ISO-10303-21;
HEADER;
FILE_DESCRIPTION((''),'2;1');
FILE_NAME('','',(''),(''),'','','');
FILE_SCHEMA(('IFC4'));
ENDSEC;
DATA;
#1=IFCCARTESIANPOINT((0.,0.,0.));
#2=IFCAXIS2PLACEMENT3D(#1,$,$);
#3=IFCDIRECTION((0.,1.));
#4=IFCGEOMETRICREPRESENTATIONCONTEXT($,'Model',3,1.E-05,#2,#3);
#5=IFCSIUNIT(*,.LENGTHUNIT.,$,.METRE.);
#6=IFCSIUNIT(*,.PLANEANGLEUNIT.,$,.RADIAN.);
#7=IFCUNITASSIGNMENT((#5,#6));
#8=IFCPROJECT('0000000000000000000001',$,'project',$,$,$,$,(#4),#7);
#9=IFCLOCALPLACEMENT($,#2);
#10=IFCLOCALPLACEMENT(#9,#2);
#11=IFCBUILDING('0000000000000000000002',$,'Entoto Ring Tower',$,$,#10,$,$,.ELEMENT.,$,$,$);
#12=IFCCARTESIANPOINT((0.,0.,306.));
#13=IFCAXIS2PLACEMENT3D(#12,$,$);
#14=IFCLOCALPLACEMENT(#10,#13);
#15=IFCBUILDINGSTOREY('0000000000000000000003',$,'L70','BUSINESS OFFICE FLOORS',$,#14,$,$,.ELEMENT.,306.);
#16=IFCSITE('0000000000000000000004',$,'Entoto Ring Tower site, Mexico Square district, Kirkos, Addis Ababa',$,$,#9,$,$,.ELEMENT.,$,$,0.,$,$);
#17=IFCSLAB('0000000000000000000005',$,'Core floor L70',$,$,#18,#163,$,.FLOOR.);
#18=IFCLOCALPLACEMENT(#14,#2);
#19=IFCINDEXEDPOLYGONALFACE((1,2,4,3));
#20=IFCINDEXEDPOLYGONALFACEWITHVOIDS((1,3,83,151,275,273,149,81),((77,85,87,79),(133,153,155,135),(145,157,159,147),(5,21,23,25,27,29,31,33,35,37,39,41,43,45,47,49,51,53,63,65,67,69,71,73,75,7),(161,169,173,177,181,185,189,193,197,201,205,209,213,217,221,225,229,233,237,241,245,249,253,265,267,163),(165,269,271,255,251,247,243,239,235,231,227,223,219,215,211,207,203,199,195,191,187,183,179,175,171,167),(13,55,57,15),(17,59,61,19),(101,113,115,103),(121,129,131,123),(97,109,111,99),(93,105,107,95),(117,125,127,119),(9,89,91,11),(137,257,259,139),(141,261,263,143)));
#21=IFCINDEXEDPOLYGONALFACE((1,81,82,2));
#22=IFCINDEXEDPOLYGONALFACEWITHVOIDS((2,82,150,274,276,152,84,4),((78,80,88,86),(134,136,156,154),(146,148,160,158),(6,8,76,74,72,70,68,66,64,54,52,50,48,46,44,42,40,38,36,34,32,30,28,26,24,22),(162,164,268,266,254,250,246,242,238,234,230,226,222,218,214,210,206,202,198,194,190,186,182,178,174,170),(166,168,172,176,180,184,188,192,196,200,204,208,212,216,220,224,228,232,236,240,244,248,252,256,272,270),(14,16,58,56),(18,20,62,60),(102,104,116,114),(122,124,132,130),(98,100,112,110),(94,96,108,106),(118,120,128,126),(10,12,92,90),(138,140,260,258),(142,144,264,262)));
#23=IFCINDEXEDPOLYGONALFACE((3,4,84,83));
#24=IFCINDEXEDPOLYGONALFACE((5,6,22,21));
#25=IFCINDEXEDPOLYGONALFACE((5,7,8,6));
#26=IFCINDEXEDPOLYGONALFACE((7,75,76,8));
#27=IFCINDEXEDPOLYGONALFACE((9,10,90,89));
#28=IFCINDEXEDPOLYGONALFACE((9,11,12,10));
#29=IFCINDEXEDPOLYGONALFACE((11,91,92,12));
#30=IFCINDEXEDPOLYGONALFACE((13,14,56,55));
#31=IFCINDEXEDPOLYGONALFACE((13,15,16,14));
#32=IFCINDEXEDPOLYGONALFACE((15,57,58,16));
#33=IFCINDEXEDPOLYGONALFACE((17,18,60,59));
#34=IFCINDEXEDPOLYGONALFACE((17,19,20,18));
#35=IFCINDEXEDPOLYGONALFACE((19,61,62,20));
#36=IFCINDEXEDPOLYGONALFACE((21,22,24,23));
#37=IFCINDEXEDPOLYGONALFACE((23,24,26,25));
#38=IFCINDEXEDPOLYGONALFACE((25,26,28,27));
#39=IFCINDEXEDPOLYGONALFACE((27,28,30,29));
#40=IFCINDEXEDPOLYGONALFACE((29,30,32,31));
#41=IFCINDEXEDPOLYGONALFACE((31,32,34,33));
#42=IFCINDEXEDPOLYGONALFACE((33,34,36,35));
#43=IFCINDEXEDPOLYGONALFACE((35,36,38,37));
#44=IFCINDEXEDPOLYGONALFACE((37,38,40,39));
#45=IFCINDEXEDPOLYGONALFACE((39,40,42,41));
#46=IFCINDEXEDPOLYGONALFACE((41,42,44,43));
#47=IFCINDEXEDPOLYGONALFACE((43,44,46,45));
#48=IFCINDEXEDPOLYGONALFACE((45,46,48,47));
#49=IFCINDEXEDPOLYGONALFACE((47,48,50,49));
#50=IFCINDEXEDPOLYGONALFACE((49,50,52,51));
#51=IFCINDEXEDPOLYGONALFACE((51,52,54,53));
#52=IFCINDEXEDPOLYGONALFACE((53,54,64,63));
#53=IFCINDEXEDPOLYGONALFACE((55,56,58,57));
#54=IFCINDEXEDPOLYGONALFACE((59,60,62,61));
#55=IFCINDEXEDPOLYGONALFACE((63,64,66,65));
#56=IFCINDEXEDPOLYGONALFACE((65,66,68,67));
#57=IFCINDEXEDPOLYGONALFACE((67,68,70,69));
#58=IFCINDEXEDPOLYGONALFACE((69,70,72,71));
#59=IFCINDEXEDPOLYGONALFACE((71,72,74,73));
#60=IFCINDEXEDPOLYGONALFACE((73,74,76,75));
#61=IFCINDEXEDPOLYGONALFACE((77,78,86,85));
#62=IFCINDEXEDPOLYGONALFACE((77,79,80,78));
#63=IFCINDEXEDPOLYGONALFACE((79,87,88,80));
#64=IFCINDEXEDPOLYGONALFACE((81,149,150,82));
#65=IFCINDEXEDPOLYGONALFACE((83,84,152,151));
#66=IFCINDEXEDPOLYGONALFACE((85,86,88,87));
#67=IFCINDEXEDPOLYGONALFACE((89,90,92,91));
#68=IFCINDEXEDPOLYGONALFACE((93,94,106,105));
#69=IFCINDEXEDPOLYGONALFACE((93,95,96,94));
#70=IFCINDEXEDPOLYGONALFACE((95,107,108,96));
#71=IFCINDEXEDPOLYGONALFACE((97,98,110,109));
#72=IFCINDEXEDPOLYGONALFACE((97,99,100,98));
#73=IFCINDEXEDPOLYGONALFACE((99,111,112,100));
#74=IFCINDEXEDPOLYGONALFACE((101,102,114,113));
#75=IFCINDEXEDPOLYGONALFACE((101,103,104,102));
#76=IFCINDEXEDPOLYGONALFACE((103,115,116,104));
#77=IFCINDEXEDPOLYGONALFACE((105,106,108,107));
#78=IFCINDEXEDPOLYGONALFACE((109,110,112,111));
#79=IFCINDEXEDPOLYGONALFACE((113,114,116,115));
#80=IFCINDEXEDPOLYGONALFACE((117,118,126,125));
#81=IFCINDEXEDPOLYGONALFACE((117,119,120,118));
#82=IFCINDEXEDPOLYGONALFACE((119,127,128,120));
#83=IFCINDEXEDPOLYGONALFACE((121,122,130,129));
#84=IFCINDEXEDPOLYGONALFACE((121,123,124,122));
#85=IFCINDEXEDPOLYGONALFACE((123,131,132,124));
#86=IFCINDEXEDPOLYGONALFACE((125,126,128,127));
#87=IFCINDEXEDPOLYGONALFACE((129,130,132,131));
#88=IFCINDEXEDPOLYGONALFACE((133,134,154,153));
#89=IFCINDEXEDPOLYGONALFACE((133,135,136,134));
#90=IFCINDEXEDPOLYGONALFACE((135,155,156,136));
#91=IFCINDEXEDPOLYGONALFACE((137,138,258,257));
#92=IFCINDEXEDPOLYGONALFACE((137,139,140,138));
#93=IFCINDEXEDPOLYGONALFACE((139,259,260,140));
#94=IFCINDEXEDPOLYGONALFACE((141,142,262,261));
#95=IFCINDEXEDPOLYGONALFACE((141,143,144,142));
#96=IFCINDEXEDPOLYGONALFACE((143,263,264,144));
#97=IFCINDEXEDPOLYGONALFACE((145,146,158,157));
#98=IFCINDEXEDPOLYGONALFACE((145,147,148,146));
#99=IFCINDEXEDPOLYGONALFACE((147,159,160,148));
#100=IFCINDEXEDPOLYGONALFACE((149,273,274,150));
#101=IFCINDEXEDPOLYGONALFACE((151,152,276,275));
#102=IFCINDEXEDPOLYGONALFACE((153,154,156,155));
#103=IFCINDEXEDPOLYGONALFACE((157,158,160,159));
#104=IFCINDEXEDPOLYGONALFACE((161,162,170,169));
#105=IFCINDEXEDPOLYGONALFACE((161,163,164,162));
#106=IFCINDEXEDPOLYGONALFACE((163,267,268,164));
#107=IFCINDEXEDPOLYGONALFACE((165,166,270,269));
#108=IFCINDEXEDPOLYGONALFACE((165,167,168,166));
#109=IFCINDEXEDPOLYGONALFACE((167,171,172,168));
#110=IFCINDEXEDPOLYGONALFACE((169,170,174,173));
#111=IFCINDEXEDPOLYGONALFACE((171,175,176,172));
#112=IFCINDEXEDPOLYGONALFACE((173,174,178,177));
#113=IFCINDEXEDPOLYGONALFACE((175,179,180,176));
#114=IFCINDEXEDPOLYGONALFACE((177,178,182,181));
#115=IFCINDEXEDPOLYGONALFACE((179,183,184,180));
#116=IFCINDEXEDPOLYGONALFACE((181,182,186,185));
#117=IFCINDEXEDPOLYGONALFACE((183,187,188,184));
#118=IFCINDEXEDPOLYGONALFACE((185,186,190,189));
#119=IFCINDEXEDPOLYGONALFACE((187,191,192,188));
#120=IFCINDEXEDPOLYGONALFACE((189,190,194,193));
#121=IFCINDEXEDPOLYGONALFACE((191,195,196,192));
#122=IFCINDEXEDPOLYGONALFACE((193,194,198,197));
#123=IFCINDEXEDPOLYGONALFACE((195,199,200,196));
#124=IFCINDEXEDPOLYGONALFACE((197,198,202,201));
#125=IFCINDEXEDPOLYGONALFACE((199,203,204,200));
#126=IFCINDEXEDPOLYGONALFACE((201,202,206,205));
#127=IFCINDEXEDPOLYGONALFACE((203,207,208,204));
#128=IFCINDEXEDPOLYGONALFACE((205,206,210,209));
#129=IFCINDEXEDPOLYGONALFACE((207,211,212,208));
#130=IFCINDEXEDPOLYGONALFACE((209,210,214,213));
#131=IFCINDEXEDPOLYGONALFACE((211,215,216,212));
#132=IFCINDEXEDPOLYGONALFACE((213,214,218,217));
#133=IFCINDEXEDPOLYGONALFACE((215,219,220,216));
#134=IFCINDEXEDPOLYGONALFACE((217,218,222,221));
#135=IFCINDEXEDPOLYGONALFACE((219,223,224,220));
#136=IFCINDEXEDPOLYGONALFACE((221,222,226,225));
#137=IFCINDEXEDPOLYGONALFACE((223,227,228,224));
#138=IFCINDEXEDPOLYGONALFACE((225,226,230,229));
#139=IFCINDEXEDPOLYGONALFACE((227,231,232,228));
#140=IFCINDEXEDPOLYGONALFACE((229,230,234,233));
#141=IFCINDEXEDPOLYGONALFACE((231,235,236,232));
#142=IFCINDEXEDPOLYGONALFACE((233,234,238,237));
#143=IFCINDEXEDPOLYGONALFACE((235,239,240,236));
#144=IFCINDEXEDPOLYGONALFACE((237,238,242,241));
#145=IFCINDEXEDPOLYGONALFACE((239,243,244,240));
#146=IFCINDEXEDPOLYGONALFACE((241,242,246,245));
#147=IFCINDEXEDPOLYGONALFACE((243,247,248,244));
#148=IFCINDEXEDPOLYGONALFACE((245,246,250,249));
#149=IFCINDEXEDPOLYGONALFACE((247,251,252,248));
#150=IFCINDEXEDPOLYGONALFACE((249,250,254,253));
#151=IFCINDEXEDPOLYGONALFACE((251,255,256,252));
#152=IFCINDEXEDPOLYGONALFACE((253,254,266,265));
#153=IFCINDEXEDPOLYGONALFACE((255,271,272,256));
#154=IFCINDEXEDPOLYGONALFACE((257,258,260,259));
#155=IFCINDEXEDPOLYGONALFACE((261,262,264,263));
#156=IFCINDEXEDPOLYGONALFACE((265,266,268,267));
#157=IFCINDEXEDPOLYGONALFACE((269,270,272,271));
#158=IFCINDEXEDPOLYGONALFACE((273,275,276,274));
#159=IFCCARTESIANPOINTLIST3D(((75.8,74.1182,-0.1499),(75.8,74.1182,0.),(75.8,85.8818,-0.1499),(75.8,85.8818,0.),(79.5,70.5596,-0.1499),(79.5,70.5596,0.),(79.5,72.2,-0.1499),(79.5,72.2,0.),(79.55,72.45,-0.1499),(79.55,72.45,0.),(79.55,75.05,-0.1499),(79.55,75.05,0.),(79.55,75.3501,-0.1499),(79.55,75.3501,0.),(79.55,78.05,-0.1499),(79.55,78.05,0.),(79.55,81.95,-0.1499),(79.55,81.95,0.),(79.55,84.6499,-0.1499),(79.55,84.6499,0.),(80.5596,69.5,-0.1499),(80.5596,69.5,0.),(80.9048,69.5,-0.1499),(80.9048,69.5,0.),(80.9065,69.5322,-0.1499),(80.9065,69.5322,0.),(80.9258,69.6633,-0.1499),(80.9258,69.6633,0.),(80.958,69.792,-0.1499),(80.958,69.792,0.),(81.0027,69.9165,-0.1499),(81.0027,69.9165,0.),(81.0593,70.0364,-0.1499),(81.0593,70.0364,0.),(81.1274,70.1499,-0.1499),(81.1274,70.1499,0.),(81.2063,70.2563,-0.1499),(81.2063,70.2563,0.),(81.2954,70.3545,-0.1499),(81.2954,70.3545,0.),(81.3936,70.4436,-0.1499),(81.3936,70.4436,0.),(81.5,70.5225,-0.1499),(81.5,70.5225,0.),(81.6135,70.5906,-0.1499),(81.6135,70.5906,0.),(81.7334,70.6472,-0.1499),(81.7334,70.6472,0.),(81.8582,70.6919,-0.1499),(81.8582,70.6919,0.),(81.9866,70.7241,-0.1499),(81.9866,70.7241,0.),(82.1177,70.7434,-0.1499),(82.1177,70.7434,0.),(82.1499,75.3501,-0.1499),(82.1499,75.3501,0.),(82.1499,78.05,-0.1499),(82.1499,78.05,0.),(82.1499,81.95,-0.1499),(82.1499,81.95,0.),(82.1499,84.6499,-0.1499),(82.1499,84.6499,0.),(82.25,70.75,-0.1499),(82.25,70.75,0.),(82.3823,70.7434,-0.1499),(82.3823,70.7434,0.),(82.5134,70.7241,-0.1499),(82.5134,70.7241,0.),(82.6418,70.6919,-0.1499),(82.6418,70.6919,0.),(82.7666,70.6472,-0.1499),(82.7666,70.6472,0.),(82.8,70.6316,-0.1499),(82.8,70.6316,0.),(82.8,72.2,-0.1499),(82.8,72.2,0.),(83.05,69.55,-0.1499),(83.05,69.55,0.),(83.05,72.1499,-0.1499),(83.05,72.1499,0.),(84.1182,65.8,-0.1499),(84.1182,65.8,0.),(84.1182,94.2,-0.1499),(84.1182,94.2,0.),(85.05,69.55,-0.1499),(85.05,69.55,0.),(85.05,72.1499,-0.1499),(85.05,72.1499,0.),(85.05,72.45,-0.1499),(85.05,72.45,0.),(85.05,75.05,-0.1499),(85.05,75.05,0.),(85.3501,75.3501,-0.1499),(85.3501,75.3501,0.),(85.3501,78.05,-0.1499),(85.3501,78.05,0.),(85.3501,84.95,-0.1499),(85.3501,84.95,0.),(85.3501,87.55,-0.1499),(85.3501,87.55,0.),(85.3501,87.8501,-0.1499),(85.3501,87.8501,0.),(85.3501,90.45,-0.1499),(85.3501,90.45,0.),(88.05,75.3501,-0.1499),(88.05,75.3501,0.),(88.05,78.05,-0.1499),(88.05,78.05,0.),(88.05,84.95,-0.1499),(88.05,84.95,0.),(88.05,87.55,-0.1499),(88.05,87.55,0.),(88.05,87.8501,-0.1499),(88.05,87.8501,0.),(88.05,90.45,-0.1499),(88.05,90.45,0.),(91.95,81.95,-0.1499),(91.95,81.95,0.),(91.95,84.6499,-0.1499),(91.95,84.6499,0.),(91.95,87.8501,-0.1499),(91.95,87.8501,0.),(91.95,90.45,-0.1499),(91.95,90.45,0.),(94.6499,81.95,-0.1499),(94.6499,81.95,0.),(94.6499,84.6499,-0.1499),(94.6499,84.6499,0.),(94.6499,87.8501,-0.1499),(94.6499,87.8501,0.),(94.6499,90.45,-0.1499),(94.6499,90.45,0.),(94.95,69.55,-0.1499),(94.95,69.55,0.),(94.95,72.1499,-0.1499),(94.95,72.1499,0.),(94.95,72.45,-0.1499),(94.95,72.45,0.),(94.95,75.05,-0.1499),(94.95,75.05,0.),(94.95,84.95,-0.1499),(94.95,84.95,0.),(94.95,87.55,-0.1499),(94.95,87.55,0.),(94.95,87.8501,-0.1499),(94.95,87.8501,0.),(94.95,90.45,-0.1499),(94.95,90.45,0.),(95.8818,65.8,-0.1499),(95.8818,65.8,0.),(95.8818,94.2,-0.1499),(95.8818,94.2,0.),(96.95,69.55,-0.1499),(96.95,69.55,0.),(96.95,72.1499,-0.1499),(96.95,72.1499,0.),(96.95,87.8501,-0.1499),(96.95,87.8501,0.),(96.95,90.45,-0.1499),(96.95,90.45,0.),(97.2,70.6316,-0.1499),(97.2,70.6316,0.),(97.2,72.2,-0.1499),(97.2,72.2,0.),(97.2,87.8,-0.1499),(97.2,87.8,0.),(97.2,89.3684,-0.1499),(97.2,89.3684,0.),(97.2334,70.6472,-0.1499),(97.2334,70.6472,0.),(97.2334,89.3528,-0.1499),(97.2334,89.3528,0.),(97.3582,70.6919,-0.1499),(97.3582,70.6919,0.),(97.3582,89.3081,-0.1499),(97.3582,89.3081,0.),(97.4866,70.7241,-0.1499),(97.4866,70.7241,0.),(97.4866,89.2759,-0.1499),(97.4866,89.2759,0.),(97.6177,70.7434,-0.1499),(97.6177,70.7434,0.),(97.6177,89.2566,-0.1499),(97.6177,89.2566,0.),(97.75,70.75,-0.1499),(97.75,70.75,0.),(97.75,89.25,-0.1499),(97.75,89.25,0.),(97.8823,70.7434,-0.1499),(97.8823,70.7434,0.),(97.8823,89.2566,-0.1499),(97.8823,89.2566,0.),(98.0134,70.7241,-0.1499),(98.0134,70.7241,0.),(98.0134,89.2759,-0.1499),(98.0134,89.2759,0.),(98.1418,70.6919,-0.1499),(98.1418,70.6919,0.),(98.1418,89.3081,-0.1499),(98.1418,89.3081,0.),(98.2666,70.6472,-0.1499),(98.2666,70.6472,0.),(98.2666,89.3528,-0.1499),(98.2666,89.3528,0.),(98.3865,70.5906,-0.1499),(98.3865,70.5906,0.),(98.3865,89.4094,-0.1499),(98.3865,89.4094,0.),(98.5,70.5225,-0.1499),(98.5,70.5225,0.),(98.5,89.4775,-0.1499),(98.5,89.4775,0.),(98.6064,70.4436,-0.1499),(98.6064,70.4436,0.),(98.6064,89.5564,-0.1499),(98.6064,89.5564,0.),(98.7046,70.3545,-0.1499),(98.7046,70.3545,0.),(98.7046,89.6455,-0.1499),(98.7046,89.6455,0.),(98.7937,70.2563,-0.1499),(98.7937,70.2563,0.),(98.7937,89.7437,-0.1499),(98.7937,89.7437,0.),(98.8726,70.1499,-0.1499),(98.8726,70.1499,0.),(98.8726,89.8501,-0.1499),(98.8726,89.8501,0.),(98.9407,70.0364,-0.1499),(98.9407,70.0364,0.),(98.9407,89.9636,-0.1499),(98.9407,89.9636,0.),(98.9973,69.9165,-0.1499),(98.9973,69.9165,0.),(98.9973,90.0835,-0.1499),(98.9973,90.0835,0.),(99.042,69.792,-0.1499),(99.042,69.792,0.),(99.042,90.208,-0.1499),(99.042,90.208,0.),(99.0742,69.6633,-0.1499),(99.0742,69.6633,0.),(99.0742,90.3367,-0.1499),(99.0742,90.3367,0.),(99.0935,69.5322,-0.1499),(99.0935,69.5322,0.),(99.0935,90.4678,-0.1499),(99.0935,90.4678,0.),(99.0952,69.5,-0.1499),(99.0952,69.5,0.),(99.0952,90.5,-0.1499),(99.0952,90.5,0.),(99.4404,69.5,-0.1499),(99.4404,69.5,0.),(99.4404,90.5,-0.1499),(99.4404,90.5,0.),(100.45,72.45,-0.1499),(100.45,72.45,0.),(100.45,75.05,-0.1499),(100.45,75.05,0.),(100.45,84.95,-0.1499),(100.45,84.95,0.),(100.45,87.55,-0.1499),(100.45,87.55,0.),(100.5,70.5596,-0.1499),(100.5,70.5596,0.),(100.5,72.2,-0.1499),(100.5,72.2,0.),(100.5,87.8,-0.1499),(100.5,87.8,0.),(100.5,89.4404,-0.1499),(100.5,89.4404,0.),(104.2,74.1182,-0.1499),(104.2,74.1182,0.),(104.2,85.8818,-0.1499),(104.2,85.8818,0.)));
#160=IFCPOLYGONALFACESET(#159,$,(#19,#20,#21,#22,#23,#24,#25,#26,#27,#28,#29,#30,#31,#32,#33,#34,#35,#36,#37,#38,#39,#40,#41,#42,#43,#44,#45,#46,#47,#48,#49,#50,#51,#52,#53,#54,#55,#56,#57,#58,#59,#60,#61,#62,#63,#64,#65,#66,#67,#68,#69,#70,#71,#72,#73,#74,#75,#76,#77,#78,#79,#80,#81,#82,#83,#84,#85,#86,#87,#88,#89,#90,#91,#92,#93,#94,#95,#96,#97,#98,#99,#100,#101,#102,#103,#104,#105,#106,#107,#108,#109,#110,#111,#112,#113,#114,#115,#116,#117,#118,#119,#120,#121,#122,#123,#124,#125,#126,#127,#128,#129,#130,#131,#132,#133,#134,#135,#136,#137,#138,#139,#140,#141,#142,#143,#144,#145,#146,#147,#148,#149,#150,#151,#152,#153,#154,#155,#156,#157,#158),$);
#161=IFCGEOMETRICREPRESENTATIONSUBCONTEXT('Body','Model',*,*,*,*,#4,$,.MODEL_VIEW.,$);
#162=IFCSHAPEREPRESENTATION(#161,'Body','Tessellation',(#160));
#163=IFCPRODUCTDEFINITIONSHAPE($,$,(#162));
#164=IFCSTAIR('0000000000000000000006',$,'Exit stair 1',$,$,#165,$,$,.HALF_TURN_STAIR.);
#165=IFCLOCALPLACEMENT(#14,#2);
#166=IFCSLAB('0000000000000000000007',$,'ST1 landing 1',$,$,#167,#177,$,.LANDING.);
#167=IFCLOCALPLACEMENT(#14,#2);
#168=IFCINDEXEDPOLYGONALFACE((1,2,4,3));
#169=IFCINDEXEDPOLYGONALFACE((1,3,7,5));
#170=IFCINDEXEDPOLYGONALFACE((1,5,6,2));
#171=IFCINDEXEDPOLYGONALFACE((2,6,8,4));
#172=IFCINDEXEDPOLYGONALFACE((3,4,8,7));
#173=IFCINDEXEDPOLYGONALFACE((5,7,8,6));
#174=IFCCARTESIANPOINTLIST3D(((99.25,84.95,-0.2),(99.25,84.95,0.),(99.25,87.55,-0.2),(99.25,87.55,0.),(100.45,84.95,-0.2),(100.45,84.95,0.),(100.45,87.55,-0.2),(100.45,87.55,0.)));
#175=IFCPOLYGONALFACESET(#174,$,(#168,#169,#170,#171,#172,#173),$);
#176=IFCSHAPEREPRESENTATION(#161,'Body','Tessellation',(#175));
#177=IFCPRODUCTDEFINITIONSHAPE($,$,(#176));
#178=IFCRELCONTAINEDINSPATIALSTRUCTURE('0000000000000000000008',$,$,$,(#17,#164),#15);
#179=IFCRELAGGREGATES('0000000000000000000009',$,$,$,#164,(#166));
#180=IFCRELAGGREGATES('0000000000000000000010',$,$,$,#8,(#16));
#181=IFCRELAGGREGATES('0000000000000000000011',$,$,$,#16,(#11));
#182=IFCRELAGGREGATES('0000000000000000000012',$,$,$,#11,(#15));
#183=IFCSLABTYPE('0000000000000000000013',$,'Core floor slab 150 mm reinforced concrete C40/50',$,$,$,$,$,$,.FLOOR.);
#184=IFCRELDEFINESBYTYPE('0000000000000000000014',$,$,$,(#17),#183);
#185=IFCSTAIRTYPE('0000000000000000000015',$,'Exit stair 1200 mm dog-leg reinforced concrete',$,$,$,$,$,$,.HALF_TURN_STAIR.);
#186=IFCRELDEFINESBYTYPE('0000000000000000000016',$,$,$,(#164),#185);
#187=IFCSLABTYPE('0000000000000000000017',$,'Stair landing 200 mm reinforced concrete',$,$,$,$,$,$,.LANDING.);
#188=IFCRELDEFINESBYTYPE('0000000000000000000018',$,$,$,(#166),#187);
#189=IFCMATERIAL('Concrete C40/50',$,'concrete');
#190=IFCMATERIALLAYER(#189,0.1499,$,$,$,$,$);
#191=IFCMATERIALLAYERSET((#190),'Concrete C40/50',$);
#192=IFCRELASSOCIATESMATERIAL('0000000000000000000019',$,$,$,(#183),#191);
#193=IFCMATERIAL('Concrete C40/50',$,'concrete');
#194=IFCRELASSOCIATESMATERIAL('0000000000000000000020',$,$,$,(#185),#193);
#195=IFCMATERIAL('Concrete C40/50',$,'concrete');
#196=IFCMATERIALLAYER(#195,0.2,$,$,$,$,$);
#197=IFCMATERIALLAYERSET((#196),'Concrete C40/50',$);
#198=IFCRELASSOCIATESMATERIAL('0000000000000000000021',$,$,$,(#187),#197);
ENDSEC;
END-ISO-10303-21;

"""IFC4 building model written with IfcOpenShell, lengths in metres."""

from ifc_helpers import new_model, si_unit, direction, frame, origin, place, context, subcontext, project, spatial, polyline, outline, extrude, material, layer, layer_set, type_object, element, aggregate, save


model = new_model("IFC4")

# Units and contexts
model_context = context("Model", 3, precision=1e-05, world=origin(), true_north=direction((0.0, 1.0)))
body_context = subcontext(model_context, "Body", "Model", "MODEL_VIEW")
ifc_project = project(units=[si_unit("LENGTHUNIT", "METRE"), si_unit("PLANEANGLEUNIT", "RADIAN")], contexts=[model_context])

# Site, building, storey
site_placement = place(None, origin())
building_placement = place(site_placement, origin())
storey_placement = place(building_placement, frame((0.0, 0.0, 306.0)))
site = spatial("IfcSite", under=ifc_project, at=site_placement, Name="Entoto Ring Tower site, Mexico Square district, Kirkos, Addis Ababa", CompositionType="ELEMENT", RefElevation=0.0)
building = spatial("IfcBuilding", under=site, at=building_placement, Name="Entoto Ring Tower", CompositionType="ELEMENT")
storey = spatial("IfcBuildingStorey", under=building, at=storey_placement, Name="L70", Description="BUSINESS OFFICE FLOORS", CompositionType="ELEMENT", Elevation=306.0)

# Slab
ifc_material_1 = material(Name="Concrete C40/50", Category="concrete")
ifc_layer_1 = layer(ifc_material_1, 0.1499)
ifc_layer_set_1 = layer_set([ifc_layer_1], Name="Concrete C40/50")
slab_type_1 = type_object("IfcSlabType", Name="Core floor slab 150 mm reinforced concrete C40/50", PredefinedType="FLOOR", material=ifc_layer_set_1)
slab_1_placement = place(storey_placement, frame((0.0, 0.0, -0.1499)))
element("IfcSlab", 1, at=slab_1_placement, inside=storey, type_object=slab_type_1, Name="Core floor L70", PredefinedType="FLOOR", context=body_context, shape_type="SweptSolid", body=[
    extrude(outline(polyline([(104.2, 74.1182), (104.2, 85.8818), (95.8818, 94.2), (84.1182, 94.2), (75.8, 85.8818), (75.8, 74.1182), (84.1182, 65.8), (95.8818, 65.8), (104.2, 74.1182)]), holes=[polyline([(100.45, 84.95), (100.45, 87.55), (94.95, 87.55), (94.95, 84.95), (100.45, 84.95)]), polyline([(85.05, 72.45), (85.05, 75.05), (79.55, 75.05), (79.55, 72.45), (85.05, 72.45)]), polyline([(100.45, 72.45), (100.45, 75.05), (94.95, 75.05), (94.95, 72.45), (100.45, 72.45)]), polyline([(94.95, 90.45), (94.95, 87.8501), (96.95, 87.8501), (96.95, 90.45), (94.95, 90.45)]), polyline([(94.95, 72.1499), (94.95, 69.55), (96.95, 69.55), (96.95, 72.1499), (94.95, 72.1499)]), polyline([(83.05, 72.1499), (83.05, 69.55), (85.05, 69.55), (85.05, 72.1499), (83.05, 72.1499)]), polyline([(79.55, 81.95), (82.1499, 81.95), (82.1499, 84.6499), (79.55, 84.6499), (79.55, 81.95)]), polyline([(79.55, 75.3501), (82.1499, 75.3501), (82.1499, 78.05), (79.55, 78.05), (79.55, 75.3501)]), polyline([(91.95, 87.8501), (94.6499, 87.8501), (94.6499, 90.45), (91.95, 90.45), (91.95, 87.8501)]), polyline([(91.95, 81.95), (94.6499, 81.95), (94.6499, 84.6499), (91.95, 84.6499), (91.95, 81.95)]), polyline([(85.3501, 75.3501), (88.05, 75.3501), (88.05, 78.05), (85.3501, 78.05), (85.3501, 75.3501)]), polyline([(85.3501, 84.95), (88.05, 84.95), (88.05, 87.55), (85.3501, 87.55), (85.3501, 84.95)]), polyline([(85.3501, 87.8501), (88.05, 87.8501), (88.05, 90.45), (85.3501, 90.45), (85.3501, 87.8501)]), polyline([(97.2, 89.3684), (97.2, 87.8), (100.5, 87.8), (100.5, 89.4404), (99.4404, 90.5), (99.0952, 90.5), (99.0935, 90.4678), (99.0742, 90.3367), (99.042, 90.208), (98.9973, 90.0835), (98.9407, 89.9636), (98.8726, 89.8501), (98.7937, 89.7437), (98.7046, 89.6455), (98.6064, 89.5564), (98.5, 89.4775), (98.3865, 89.4094), (98.2666, 89.3528), (98.1418, 89.3081), (98.0134, 89.2759), (97.8823, 89.2566), (97.75, 89.25), (97.6177, 89.2566), (97.4866, 89.2759), (97.3582, 89.3081), (97.2334, 89.3528), (97.2, 89.3684)]), polyline([(80.5596, 69.5), (80.9048, 69.5), (80.9065, 69.5322), (80.9258, 69.6633), (80.958, 69.792), (81.0027, 69.9165), (81.0593, 70.0364), (81.1274, 70.1499), (81.2063, 70.2563), (81.2954, 70.3545), (81.3936, 70.4436), (81.5, 70.5225), (81.6135, 70.5906), (81.7334, 70.6472), (81.8582, 70.6919), (81.9866, 70.7241), (82.1177, 70.7434), (82.25, 70.75), (82.3823, 70.7434), (82.5134, 70.7241), (82.6418, 70.6919), (82.7666, 70.6472), (82.8, 70.6316), (82.8, 72.2), (79.5, 72.2), (79.5, 70.5596), (80.5596, 69.5)]), polyline([(99.0952, 69.5), (99.4404, 69.5), (100.5, 70.5596), (100.5, 72.2), (97.2, 72.2), (97.2, 70.6316), (97.2334, 70.6472), (97.3582, 70.6919), (97.4866, 70.7241), (97.6177, 70.7434), (97.75, 70.75), (97.8823, 70.7434), (98.0134, 70.7241), (98.1418, 70.6919), (98.2666, 70.6472), (98.3865, 70.5906), (98.5, 70.5225), (98.6064, 70.4436), (98.7046, 70.3545), (98.7937, 70.2563), (98.8726, 70.1499), (98.9407, 70.0364), (98.9973, 69.9165), (99.042, 69.792), (99.0742, 69.6633), (99.0935, 69.5322), (99.0952, 69.5)])]), origin(), (0.0, 0.0, 1.0), 0.1499),
])

# Stair, slab
ifc_material_2 = material(Name="Concrete C40/50", Category="concrete")
stair_type = type_object("IfcStairType", Name="Exit stair 1200 mm dog-leg reinforced concrete", PredefinedType="HALF_TURN_STAIR", material=ifc_material_2)
stair_1_placement = place(storey_placement, origin())
stair_1 = element("IfcStair", 2, at=stair_1_placement, inside=storey, type_object=stair_type, Name="Exit stair 1", PredefinedType="HALF_TURN_STAIR")
ifc_material_3 = material(Name="Concrete C40/50", Category="concrete")
ifc_layer_2 = layer(ifc_material_3, 0.2)
ifc_layer_set_2 = layer_set([ifc_layer_2], Name="Concrete C40/50")
slab_type_2 = type_object("IfcSlabType", Name="Stair landing 200 mm reinforced concrete", PredefinedType="LANDING", material=ifc_layer_set_2)
slab_2_placement = place(storey_placement, frame((0.0, 0.0, -0.2)))
slab_2 = element("IfcSlab", 3, at=slab_2_placement, type_object=slab_type_2, Name="ST1 landing 1", PredefinedType="LANDING", context=body_context, shape_type="SweptSolid", body=[
    extrude(outline(polyline([(100.45, 84.95), (100.45, 87.55), (99.25, 87.55), (99.25, 84.95), (100.45, 84.95)])), origin(), (0.0, 0.0, 1.0), 0.2),
])
aggregate(stair_1, [slab_2])

save(model, "model.ifc")
